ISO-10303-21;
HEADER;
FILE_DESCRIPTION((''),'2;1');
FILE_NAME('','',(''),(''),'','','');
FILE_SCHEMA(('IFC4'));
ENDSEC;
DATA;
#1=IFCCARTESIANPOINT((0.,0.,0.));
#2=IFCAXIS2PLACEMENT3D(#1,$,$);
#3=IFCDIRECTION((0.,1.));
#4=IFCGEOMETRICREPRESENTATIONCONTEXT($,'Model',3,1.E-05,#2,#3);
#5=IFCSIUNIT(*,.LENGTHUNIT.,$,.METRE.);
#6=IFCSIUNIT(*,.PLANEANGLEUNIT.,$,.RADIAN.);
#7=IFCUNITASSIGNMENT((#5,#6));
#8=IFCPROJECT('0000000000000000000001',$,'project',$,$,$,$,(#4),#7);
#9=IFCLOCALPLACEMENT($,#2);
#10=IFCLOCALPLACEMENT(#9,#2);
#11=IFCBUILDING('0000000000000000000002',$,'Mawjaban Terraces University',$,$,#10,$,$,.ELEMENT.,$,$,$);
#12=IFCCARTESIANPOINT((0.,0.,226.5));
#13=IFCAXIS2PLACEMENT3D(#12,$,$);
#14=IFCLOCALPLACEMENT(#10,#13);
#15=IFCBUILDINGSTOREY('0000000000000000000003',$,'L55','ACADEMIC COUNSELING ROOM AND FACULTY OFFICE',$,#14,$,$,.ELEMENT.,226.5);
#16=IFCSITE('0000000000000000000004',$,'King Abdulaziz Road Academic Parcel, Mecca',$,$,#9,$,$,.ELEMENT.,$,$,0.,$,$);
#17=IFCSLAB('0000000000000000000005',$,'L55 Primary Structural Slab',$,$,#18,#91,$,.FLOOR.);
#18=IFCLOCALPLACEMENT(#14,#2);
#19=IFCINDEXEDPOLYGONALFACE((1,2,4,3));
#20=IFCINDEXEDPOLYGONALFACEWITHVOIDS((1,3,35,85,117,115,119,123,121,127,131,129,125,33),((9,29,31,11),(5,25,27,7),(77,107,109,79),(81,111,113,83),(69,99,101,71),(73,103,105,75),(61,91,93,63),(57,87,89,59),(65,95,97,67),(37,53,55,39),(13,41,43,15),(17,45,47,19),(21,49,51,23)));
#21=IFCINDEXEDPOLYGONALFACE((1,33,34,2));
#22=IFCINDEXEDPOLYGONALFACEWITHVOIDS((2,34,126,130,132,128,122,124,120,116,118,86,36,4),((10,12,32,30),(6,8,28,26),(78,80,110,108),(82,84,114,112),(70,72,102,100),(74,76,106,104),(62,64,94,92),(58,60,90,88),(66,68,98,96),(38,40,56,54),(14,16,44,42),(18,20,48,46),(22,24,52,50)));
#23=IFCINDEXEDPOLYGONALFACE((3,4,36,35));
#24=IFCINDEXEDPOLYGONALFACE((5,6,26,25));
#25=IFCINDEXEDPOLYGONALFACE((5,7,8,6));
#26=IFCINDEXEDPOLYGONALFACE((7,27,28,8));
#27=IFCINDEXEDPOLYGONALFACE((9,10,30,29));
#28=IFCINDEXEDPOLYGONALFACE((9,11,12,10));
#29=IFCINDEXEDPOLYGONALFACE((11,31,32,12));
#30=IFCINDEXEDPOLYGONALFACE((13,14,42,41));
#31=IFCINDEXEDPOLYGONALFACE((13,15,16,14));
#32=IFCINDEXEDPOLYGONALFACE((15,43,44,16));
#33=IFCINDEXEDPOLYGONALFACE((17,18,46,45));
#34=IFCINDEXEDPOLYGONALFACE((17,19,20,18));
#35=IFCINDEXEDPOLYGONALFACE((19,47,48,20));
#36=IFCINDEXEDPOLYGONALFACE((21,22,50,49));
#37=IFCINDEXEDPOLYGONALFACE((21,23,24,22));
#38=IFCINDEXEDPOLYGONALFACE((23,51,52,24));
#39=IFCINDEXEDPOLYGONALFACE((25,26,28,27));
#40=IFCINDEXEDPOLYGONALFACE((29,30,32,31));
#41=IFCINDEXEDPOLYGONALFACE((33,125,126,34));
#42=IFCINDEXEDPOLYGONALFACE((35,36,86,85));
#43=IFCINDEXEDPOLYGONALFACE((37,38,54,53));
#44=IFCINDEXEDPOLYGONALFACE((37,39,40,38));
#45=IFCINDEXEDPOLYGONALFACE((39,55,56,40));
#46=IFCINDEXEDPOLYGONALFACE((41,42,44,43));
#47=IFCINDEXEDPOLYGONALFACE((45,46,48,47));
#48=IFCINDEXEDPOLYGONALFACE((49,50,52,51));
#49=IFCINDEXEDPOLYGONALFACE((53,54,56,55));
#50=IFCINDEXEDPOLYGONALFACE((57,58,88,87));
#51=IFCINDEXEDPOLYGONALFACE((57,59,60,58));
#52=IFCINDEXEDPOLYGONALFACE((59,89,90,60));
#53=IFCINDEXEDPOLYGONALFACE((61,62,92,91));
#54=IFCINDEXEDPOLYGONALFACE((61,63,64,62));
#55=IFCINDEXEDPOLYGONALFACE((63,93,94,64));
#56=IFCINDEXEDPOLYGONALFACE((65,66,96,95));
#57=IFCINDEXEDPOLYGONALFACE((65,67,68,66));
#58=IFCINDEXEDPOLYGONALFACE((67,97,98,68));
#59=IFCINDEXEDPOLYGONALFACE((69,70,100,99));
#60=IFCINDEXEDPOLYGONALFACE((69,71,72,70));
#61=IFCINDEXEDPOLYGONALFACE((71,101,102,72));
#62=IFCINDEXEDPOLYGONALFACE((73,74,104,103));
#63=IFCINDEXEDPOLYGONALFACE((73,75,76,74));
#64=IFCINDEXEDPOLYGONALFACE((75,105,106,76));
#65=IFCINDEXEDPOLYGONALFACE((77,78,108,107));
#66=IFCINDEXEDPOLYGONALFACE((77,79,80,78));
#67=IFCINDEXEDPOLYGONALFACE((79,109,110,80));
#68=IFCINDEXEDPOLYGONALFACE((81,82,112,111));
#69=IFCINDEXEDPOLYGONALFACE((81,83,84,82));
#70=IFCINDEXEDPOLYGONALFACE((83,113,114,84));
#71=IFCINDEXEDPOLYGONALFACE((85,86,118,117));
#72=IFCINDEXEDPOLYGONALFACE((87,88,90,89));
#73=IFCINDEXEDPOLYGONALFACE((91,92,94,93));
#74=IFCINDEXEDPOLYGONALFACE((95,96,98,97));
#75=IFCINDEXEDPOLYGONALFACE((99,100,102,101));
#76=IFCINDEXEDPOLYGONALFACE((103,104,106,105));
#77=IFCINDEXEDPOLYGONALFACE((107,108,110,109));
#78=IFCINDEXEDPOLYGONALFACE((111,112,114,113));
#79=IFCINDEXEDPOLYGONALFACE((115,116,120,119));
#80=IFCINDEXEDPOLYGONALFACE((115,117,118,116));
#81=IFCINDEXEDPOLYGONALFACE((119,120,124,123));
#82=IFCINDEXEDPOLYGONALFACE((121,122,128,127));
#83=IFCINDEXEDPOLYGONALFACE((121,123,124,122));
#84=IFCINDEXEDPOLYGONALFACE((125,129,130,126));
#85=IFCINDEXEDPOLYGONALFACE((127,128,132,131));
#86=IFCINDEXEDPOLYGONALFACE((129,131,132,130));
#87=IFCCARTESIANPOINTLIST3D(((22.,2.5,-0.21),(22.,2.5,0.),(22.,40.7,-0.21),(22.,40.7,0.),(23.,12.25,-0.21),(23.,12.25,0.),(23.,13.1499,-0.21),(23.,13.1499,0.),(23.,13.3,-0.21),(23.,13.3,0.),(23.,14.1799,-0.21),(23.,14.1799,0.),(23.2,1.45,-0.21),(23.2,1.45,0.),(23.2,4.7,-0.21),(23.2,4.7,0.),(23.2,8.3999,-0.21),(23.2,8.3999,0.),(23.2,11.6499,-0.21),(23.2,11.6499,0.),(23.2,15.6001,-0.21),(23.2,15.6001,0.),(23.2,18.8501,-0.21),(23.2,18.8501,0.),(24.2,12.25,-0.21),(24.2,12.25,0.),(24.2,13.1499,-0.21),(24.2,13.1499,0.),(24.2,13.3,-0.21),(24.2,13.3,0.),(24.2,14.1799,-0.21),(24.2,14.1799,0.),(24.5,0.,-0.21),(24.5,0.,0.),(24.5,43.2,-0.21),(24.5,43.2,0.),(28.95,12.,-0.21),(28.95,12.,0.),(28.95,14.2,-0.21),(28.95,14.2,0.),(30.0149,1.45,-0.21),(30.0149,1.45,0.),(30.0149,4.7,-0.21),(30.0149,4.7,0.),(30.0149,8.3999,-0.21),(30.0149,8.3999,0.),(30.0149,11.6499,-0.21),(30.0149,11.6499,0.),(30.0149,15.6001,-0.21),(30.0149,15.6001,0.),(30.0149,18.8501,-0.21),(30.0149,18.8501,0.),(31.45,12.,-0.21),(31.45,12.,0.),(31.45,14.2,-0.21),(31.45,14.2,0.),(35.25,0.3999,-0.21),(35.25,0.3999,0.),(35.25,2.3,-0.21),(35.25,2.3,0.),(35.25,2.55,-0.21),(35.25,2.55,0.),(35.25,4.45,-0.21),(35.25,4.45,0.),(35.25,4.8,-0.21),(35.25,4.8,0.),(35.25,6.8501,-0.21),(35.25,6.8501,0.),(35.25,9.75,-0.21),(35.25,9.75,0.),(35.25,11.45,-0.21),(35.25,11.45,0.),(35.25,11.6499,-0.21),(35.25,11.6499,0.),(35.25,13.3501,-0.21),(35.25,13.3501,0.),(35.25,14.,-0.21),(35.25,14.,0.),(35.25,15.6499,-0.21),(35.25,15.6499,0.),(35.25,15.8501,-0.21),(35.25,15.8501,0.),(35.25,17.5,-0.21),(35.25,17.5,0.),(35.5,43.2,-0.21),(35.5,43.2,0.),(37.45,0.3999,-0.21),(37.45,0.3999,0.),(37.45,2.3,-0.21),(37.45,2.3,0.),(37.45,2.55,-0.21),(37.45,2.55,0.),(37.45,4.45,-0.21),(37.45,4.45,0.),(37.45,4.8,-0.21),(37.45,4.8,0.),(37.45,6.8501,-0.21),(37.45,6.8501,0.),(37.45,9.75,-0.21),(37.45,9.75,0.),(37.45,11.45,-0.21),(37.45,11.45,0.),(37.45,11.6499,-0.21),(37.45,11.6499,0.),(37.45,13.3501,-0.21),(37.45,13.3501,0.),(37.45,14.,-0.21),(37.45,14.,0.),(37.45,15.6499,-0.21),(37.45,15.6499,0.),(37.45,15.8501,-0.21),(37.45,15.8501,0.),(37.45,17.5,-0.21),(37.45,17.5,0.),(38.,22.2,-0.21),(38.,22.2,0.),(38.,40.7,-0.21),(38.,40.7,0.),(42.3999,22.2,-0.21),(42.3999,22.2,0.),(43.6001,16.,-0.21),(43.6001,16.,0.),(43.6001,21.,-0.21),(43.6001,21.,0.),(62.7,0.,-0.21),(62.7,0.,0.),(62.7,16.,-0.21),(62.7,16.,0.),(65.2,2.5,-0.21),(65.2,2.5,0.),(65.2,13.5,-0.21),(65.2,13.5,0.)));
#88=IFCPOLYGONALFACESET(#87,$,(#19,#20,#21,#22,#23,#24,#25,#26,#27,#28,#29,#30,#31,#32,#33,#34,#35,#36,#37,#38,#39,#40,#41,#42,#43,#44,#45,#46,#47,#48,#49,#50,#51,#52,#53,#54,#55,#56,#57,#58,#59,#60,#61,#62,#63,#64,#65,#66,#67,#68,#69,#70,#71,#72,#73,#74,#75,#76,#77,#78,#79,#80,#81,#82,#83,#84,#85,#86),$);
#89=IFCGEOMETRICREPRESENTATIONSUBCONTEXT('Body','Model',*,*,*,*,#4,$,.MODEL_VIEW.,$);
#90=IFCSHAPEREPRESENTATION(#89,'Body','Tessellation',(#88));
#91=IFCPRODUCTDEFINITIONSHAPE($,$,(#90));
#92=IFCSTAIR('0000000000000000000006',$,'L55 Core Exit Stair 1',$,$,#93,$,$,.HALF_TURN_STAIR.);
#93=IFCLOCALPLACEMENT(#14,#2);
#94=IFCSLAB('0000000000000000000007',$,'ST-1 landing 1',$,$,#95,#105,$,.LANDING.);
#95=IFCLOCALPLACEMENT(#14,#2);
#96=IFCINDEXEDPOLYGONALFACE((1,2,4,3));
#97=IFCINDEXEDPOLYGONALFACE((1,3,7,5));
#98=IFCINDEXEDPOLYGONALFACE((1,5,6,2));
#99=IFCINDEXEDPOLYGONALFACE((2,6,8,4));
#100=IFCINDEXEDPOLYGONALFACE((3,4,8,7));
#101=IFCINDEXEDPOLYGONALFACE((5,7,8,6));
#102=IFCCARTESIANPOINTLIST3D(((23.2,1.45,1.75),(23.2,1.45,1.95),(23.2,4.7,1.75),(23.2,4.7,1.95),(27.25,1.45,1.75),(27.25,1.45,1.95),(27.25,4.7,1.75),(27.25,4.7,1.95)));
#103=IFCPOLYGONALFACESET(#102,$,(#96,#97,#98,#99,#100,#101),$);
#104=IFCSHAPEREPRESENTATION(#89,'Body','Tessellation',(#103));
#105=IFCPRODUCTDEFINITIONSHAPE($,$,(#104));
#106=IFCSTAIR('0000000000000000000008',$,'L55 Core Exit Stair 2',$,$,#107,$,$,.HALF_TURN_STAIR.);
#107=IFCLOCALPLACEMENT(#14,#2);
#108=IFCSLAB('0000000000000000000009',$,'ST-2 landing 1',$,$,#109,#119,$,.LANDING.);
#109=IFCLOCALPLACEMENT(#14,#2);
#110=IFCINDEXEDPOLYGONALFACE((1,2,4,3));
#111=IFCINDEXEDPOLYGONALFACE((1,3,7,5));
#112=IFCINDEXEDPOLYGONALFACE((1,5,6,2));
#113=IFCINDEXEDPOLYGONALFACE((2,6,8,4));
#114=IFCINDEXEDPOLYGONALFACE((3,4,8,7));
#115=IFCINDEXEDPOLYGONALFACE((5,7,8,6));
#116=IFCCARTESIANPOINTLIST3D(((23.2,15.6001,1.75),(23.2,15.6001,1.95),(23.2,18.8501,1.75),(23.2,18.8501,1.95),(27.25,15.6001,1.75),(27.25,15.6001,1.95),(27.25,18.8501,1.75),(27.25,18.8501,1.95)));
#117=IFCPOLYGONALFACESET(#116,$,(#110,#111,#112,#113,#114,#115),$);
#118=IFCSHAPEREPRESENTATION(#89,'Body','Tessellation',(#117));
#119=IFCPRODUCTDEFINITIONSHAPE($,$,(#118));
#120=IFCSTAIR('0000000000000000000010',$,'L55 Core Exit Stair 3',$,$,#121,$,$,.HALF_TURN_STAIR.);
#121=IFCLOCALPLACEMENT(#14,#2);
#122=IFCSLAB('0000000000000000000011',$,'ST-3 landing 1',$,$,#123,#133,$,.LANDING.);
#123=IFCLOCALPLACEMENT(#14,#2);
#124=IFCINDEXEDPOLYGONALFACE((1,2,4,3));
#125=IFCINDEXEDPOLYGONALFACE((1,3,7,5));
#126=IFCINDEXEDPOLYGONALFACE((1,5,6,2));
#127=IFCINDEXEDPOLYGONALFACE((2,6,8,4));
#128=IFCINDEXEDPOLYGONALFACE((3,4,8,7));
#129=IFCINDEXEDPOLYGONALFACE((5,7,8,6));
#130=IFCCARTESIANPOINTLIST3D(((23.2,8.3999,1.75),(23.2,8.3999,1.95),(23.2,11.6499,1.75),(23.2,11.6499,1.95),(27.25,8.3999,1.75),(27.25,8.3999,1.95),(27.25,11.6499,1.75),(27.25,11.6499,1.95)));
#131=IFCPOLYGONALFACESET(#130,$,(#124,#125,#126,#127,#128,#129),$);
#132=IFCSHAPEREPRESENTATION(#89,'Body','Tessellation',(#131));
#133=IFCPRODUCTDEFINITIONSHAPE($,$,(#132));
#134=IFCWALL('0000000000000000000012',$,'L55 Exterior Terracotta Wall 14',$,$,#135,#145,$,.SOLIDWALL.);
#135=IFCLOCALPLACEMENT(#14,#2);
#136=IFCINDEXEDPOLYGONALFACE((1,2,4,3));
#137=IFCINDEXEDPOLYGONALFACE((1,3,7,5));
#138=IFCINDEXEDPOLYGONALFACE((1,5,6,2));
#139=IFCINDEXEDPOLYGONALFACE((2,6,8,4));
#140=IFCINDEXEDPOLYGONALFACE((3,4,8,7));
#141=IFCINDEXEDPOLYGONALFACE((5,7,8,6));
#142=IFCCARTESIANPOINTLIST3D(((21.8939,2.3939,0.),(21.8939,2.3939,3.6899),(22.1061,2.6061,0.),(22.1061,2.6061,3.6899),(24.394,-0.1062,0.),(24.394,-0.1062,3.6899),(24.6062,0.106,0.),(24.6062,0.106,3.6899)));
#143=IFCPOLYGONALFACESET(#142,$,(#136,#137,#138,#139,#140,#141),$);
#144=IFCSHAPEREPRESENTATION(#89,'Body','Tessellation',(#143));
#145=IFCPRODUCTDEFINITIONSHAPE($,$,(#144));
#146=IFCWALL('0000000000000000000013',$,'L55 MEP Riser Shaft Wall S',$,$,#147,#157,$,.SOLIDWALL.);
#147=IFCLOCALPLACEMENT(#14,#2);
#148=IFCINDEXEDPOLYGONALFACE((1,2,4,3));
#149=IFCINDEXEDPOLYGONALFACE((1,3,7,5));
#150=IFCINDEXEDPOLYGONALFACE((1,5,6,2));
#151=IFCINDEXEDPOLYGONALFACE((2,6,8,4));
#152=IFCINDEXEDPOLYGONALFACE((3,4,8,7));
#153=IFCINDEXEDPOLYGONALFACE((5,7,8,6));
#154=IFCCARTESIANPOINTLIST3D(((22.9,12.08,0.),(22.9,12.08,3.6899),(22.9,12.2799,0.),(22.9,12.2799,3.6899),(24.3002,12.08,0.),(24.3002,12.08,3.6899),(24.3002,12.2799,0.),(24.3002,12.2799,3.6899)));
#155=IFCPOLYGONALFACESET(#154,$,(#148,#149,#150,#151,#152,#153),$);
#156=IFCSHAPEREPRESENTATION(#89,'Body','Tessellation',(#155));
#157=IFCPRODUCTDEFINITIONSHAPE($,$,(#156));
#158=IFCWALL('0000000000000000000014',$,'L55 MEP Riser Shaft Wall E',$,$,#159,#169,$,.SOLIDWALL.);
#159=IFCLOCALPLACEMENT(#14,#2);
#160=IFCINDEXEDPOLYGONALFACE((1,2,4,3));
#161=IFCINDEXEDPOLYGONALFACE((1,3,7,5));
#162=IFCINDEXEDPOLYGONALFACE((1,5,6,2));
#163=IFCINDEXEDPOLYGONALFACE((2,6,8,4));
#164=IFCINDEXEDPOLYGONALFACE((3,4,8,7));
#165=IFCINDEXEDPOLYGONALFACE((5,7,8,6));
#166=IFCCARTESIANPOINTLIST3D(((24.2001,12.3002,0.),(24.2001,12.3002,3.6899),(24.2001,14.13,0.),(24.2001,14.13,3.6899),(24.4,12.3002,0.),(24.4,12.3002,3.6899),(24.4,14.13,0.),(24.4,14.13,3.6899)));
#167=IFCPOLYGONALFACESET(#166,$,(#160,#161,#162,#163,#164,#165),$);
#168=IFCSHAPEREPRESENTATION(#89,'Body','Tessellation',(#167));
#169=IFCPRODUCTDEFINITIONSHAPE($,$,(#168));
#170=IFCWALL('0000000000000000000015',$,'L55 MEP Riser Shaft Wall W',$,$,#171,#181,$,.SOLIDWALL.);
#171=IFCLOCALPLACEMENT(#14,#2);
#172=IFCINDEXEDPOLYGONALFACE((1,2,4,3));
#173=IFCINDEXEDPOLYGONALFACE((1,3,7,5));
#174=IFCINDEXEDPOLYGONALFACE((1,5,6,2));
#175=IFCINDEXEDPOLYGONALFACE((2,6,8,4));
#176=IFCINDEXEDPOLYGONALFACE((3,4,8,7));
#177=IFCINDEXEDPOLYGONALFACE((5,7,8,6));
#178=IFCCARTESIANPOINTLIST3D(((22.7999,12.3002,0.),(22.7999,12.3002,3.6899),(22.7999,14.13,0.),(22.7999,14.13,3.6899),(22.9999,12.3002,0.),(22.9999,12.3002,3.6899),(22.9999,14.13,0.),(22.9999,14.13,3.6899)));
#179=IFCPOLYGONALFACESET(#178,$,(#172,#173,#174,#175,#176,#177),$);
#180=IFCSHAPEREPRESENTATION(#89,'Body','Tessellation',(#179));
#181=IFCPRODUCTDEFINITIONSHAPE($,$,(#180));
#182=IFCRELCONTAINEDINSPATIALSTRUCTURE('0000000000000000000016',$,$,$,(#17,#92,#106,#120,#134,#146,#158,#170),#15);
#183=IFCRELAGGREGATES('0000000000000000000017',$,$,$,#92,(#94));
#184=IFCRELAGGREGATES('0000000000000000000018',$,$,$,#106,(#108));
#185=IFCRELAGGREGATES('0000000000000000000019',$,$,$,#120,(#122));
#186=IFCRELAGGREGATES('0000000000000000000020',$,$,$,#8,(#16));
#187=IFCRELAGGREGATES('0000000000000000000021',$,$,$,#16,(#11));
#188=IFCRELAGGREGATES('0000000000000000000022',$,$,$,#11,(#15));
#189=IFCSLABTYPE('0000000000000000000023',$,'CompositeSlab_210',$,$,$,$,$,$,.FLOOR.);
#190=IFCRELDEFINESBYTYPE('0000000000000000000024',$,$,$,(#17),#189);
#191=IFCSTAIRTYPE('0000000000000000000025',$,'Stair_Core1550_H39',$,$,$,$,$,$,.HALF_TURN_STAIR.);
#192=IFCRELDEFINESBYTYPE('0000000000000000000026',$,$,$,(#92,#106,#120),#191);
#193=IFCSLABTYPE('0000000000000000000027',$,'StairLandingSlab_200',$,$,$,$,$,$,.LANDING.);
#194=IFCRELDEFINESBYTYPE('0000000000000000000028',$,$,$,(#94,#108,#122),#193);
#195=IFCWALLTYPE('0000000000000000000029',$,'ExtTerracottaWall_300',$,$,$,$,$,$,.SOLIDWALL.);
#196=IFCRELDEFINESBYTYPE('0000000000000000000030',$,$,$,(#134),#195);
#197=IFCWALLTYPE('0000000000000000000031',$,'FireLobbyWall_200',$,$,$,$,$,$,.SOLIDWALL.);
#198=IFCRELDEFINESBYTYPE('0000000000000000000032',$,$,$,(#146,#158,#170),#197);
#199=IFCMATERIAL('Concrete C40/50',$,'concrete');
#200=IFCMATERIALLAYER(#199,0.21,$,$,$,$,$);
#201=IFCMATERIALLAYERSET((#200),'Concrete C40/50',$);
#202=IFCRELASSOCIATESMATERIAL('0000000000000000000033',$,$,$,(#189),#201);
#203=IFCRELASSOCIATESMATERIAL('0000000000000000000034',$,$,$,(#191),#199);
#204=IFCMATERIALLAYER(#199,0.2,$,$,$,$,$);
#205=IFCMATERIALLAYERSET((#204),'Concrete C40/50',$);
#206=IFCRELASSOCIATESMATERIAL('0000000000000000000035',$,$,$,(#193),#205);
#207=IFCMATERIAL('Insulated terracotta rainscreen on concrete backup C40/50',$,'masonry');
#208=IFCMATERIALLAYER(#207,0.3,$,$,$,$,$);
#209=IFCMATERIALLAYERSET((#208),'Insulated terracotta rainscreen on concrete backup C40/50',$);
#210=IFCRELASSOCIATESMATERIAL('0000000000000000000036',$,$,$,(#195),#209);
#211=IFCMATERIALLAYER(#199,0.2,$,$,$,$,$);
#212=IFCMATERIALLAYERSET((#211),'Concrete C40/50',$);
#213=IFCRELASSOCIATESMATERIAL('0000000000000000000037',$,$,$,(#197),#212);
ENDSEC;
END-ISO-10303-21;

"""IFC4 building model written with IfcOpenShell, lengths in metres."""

from ifc_helpers import new_model, si_unit, direction, frame, frame_2d, origin, place, context, subcontext, project, spatial, polyline, rectangle, outline, extrude, material, layer, layer_set, type_object, element, aggregate, save


model = new_model("IFC4")

# Units and contexts
model_context = context("Model", 3, precision=1e-05, world=origin(), true_north=direction((0.0, 1.0)))
body_context = subcontext(model_context, "Body", "Model", "MODEL_VIEW")
ifc_project = project(units=[si_unit("LENGTHUNIT", "METRE"), si_unit("PLANEANGLEUNIT", "RADIAN")], contexts=[model_context])

# Site, building, storey
site_placement = place(None, origin())
site = spatial("IfcSite", under=ifc_project, at=site_placement, Name="King Abdulaziz Road Academic Parcel, Mecca", CompositionType="ELEMENT", RefElevation=0.0)
building_placement = place(site_placement, origin())
building = spatial("IfcBuilding", under=site, at=building_placement, Name="Mawjaban Terraces University", CompositionType="ELEMENT")
storey_placement = place(building_placement, frame((0.0, 0.0, 226.5)))
storey = spatial("IfcBuildingStorey", under=building, at=storey_placement, Name="L55", Description="ACADEMIC COUNSELING ROOM AND FACULTY OFFICE", CompositionType="ELEMENT", Elevation=226.5)

# Slab
ifc_material_1 = material(Name="Concrete C40/50", Category="concrete")
ifc_layer_1 = layer(ifc_material_1, 0.21)
ifc_layer_set_1 = layer_set([ifc_layer_1], Name="Concrete C40/50")
slab_type_1 = type_object("IfcSlabType", Name="CompositeSlab_210", PredefinedType="FLOOR", material=ifc_layer_set_1)
slab_1_placement = place(storey_placement, frame((0.0, 0.0, -0.21)))
element("IfcSlab", 1, at=slab_1_placement, inside=storey, type_object=slab_type_1, Name="L55 Primary Structural Slab", PredefinedType="FLOOR", context=body_context, shape_type="SweptSolid", body=[
    extrude(outline(polyline([(24.5, 0.0), (62.7, 0.0), (65.2, 2.5), (65.2, 13.5), (62.7, 16.0), (43.6001, 16.0), (43.6001, 21.0), (42.3999, 22.2), (38.0, 22.2), (38.0, 40.7), (35.5, 43.2), (24.5, 43.2), (22.0, 40.7), (22.0, 2.5), (24.5, 0.0)]), holes=[polyline([(30.0149, 4.7), (23.2, 4.7), (23.2, 1.45), (30.0149, 1.45), (30.0149, 4.7)]), polyline([(30.0149, 18.8501), (23.2, 18.8501), (23.2, 15.6001), (30.0149, 15.6001), (30.0149, 18.8501)]), polyline([(30.0149, 11.6499), (23.2, 11.6499), (23.2, 8.3999), (30.0149, 8.3999), (30.0149, 11.6499)]), polyline([(35.25, 0.3999), (37.45, 0.3999), (37.45, 2.3), (35.25, 2.3), (35.25, 0.3999)]), polyline([(35.25, 2.55), (37.45, 2.55), (37.45, 4.45), (35.25, 4.45), (35.25, 2.55)]), polyline([(35.25, 4.8), (37.45, 4.8), (37.45, 6.8501), (35.25, 6.8501), (35.25, 4.8)]), polyline([(35.25, 9.75), (37.45, 9.75), (37.45, 11.45), (35.25, 11.45), (35.25, 9.75)]), polyline([(35.25, 11.6499), (37.45, 11.6499), (37.45, 13.3501), (35.25, 13.3501), (35.25, 11.6499)]), polyline([(28.95, 12.0), (31.45, 12.0), (31.45, 14.2), (28.95, 14.2), (28.95, 12.0)]), polyline([(35.25, 14.0), (37.45, 14.0), (37.45, 15.6499), (35.25, 15.6499), (35.25, 14.0)]), polyline([(35.25, 15.8501), (37.45, 15.8501), (37.45, 17.5), (35.25, 17.5), (35.25, 15.8501)]), polyline([(23.0, 12.25), (24.2, 12.25), (24.2, 13.1499), (23.0, 13.1499), (23.0, 12.25)]), polyline([(23.0, 13.3), (24.2, 13.3), (24.2, 14.1799), (23.0, 14.1799), (23.0, 13.3)])]), origin(), (0.0, 0.0, 1.0), 0.21),
])

# Stairs, slabs
stair_type = type_object("IfcStairType", Name="Stair_Core1550_H39", PredefinedType="HALF_TURN_STAIR", material=ifc_material_1)
stair_1_placement = place(storey_placement, origin())
stair_1 = element("IfcStair", 2, at=stair_1_placement, inside=storey, type_object=stair_type, Name="L55 Core Exit Stair 1", PredefinedType="HALF_TURN_STAIR")
ifc_layer_2 = layer(ifc_material_1, 0.2)
ifc_layer_set_2 = layer_set([ifc_layer_2], Name="Concrete C40/50")
slab_type_2 = type_object("IfcSlabType", Name="StairLandingSlab_200", PredefinedType="LANDING", material=ifc_layer_set_2)
slab_2_placement = place(storey_placement, frame((0.0, 0.0, 1.75)))
slab_2 = element("IfcSlab", 3, at=slab_2_placement, type_object=slab_type_2, Name="ST-1 landing 1", PredefinedType="LANDING", context=body_context, shape_type="SweptSolid", body=[
    extrude(outline(polyline([(27.25, 4.7), (23.2, 4.7), (23.2, 1.45), (27.25, 1.45), (27.25, 4.7)])), origin(), (0.0, 0.0, 1.0), 0.2),
])
aggregate(stair_1, [slab_2])
stair_2_placement = place(storey_placement, origin())
stair_2 = element("IfcStair", 4, at=stair_2_placement, inside=storey, type_object=stair_type, Name="L55 Core Exit Stair 2", PredefinedType="HALF_TURN_STAIR")
slab_3_placement = place(storey_placement, frame((0.0, 0.0, 1.75)))
slab_3 = element("IfcSlab", 5, at=slab_3_placement, type_object=slab_type_2, Name="ST-2 landing 1", PredefinedType="LANDING", context=body_context, shape_type="SweptSolid", body=[
    extrude(outline(polyline([(27.25, 18.8501), (23.2, 18.8501), (23.2, 15.6001), (27.25, 15.6001), (27.25, 18.8501)])), origin(), (0.0, 0.0, 1.0), 0.2),
])
aggregate(stair_2, [slab_3])
stair_3_placement = place(storey_placement, origin())
stair_3 = element("IfcStair", 6, at=stair_3_placement, inside=storey, type_object=stair_type, Name="L55 Core Exit Stair 3", PredefinedType="HALF_TURN_STAIR")
slab_4_placement = place(storey_placement, frame((0.0, 0.0, 1.75)))
slab_4 = element("IfcSlab", 7, at=slab_4_placement, type_object=slab_type_2, Name="ST-3 landing 1", PredefinedType="LANDING", context=body_context, shape_type="SweptSolid", body=[
    extrude(outline(polyline([(27.25, 11.6499), (23.2, 11.6499), (23.2, 8.3999), (27.25, 8.3999), (27.25, 11.6499)])), origin(), (0.0, 0.0, 1.0), 0.2),
])
aggregate(stair_3, [slab_4])

# Walls
ifc_material_2 = material(Name="Insulated terracotta rainscreen on concrete backup C40/50", Category="masonry")
ifc_layer_3 = layer(ifc_material_2, 0.3)
ifc_layer_set_3 = layer_set([ifc_layer_3], Name="Insulated terracotta rainscreen on concrete backup C40/50")
wall_type_1 = type_object("IfcWallType", Name="ExtTerracottaWall_300", PredefinedType="SOLIDWALL", material=ifc_layer_set_3)
wall_1_placement = place(storey_placement, frame((22.0, 2.5, 0.0), z_axis=(0.0, 0.0, 1.0), x_axis=(0.707107, -0.707107, 0.0)))
element("IfcWall", 8, at=wall_1_placement, inside=storey, type_object=wall_type_1, Name="L55 Exterior Terracotta Wall 14", PredefinedType="SOLIDWALL", context=body_context, shape_type="SweptSolid", body=[
    extrude(rectangle(XDim=3.5356, YDim=0.3, at=frame_2d((1.7678, 0.0))), origin(), (0.0, 0.0, 1.0), 3.6899),
])
ifc_layer_4 = layer(ifc_material_1, 0.2)
ifc_layer_set_4 = layer_set([ifc_layer_4], Name="Concrete C40/50")
wall_type_2 = type_object("IfcWallType", Name="FireLobbyWall_200", PredefinedType="SOLIDWALL", material=ifc_layer_set_4)
wall_2_placement = place(storey_placement, frame((22.8999, 12.1799, 0.0), z_axis=(0.0, 0.0, 1.0), x_axis=(1.0, 0.0, 0.0)))
element("IfcWall", 9, at=wall_2_placement, inside=storey, type_object=wall_type_2, Name="L55 MEP Riser Shaft Wall S", PredefinedType="SOLIDWALL", context=body_context, shape_type="SweptSolid", body=[
    extrude(rectangle(XDim=1.4001, YDim=0.2, at=frame_2d((0.7002, 0.0))), origin(), (0.0, 0.0, 1.0), 3.6899),
])
for number, where, z_axis, x_axis, name in (
    (10, (24.3, 12.3, 0.0), (0.0, 0.0, 1.0), (0.0, 1.0, 0.0), "L55 MEP Riser Shaft Wall E"),
    (11, (22.8999, 12.3, 0.0), (0.0, 0.0, 1.0), (0.0, 1.0, 0.0), "L55 MEP Riser Shaft Wall W"),
):
    element("IfcWall", number, at=place(storey_placement, frame(where, z_axis=z_axis, x_axis=x_axis)), inside=storey, type_object=wall_type_2, Name=name, PredefinedType="SOLIDWALL", context=body_context, shape_type="SweptSolid", body=[
        extrude(rectangle(XDim=1.8298, YDim=0.2, at=frame_2d((0.915, 0.0))), origin(), (0.0, 0.0, 1.0), 3.6899),
    ])

save(model, "model.ifc")
